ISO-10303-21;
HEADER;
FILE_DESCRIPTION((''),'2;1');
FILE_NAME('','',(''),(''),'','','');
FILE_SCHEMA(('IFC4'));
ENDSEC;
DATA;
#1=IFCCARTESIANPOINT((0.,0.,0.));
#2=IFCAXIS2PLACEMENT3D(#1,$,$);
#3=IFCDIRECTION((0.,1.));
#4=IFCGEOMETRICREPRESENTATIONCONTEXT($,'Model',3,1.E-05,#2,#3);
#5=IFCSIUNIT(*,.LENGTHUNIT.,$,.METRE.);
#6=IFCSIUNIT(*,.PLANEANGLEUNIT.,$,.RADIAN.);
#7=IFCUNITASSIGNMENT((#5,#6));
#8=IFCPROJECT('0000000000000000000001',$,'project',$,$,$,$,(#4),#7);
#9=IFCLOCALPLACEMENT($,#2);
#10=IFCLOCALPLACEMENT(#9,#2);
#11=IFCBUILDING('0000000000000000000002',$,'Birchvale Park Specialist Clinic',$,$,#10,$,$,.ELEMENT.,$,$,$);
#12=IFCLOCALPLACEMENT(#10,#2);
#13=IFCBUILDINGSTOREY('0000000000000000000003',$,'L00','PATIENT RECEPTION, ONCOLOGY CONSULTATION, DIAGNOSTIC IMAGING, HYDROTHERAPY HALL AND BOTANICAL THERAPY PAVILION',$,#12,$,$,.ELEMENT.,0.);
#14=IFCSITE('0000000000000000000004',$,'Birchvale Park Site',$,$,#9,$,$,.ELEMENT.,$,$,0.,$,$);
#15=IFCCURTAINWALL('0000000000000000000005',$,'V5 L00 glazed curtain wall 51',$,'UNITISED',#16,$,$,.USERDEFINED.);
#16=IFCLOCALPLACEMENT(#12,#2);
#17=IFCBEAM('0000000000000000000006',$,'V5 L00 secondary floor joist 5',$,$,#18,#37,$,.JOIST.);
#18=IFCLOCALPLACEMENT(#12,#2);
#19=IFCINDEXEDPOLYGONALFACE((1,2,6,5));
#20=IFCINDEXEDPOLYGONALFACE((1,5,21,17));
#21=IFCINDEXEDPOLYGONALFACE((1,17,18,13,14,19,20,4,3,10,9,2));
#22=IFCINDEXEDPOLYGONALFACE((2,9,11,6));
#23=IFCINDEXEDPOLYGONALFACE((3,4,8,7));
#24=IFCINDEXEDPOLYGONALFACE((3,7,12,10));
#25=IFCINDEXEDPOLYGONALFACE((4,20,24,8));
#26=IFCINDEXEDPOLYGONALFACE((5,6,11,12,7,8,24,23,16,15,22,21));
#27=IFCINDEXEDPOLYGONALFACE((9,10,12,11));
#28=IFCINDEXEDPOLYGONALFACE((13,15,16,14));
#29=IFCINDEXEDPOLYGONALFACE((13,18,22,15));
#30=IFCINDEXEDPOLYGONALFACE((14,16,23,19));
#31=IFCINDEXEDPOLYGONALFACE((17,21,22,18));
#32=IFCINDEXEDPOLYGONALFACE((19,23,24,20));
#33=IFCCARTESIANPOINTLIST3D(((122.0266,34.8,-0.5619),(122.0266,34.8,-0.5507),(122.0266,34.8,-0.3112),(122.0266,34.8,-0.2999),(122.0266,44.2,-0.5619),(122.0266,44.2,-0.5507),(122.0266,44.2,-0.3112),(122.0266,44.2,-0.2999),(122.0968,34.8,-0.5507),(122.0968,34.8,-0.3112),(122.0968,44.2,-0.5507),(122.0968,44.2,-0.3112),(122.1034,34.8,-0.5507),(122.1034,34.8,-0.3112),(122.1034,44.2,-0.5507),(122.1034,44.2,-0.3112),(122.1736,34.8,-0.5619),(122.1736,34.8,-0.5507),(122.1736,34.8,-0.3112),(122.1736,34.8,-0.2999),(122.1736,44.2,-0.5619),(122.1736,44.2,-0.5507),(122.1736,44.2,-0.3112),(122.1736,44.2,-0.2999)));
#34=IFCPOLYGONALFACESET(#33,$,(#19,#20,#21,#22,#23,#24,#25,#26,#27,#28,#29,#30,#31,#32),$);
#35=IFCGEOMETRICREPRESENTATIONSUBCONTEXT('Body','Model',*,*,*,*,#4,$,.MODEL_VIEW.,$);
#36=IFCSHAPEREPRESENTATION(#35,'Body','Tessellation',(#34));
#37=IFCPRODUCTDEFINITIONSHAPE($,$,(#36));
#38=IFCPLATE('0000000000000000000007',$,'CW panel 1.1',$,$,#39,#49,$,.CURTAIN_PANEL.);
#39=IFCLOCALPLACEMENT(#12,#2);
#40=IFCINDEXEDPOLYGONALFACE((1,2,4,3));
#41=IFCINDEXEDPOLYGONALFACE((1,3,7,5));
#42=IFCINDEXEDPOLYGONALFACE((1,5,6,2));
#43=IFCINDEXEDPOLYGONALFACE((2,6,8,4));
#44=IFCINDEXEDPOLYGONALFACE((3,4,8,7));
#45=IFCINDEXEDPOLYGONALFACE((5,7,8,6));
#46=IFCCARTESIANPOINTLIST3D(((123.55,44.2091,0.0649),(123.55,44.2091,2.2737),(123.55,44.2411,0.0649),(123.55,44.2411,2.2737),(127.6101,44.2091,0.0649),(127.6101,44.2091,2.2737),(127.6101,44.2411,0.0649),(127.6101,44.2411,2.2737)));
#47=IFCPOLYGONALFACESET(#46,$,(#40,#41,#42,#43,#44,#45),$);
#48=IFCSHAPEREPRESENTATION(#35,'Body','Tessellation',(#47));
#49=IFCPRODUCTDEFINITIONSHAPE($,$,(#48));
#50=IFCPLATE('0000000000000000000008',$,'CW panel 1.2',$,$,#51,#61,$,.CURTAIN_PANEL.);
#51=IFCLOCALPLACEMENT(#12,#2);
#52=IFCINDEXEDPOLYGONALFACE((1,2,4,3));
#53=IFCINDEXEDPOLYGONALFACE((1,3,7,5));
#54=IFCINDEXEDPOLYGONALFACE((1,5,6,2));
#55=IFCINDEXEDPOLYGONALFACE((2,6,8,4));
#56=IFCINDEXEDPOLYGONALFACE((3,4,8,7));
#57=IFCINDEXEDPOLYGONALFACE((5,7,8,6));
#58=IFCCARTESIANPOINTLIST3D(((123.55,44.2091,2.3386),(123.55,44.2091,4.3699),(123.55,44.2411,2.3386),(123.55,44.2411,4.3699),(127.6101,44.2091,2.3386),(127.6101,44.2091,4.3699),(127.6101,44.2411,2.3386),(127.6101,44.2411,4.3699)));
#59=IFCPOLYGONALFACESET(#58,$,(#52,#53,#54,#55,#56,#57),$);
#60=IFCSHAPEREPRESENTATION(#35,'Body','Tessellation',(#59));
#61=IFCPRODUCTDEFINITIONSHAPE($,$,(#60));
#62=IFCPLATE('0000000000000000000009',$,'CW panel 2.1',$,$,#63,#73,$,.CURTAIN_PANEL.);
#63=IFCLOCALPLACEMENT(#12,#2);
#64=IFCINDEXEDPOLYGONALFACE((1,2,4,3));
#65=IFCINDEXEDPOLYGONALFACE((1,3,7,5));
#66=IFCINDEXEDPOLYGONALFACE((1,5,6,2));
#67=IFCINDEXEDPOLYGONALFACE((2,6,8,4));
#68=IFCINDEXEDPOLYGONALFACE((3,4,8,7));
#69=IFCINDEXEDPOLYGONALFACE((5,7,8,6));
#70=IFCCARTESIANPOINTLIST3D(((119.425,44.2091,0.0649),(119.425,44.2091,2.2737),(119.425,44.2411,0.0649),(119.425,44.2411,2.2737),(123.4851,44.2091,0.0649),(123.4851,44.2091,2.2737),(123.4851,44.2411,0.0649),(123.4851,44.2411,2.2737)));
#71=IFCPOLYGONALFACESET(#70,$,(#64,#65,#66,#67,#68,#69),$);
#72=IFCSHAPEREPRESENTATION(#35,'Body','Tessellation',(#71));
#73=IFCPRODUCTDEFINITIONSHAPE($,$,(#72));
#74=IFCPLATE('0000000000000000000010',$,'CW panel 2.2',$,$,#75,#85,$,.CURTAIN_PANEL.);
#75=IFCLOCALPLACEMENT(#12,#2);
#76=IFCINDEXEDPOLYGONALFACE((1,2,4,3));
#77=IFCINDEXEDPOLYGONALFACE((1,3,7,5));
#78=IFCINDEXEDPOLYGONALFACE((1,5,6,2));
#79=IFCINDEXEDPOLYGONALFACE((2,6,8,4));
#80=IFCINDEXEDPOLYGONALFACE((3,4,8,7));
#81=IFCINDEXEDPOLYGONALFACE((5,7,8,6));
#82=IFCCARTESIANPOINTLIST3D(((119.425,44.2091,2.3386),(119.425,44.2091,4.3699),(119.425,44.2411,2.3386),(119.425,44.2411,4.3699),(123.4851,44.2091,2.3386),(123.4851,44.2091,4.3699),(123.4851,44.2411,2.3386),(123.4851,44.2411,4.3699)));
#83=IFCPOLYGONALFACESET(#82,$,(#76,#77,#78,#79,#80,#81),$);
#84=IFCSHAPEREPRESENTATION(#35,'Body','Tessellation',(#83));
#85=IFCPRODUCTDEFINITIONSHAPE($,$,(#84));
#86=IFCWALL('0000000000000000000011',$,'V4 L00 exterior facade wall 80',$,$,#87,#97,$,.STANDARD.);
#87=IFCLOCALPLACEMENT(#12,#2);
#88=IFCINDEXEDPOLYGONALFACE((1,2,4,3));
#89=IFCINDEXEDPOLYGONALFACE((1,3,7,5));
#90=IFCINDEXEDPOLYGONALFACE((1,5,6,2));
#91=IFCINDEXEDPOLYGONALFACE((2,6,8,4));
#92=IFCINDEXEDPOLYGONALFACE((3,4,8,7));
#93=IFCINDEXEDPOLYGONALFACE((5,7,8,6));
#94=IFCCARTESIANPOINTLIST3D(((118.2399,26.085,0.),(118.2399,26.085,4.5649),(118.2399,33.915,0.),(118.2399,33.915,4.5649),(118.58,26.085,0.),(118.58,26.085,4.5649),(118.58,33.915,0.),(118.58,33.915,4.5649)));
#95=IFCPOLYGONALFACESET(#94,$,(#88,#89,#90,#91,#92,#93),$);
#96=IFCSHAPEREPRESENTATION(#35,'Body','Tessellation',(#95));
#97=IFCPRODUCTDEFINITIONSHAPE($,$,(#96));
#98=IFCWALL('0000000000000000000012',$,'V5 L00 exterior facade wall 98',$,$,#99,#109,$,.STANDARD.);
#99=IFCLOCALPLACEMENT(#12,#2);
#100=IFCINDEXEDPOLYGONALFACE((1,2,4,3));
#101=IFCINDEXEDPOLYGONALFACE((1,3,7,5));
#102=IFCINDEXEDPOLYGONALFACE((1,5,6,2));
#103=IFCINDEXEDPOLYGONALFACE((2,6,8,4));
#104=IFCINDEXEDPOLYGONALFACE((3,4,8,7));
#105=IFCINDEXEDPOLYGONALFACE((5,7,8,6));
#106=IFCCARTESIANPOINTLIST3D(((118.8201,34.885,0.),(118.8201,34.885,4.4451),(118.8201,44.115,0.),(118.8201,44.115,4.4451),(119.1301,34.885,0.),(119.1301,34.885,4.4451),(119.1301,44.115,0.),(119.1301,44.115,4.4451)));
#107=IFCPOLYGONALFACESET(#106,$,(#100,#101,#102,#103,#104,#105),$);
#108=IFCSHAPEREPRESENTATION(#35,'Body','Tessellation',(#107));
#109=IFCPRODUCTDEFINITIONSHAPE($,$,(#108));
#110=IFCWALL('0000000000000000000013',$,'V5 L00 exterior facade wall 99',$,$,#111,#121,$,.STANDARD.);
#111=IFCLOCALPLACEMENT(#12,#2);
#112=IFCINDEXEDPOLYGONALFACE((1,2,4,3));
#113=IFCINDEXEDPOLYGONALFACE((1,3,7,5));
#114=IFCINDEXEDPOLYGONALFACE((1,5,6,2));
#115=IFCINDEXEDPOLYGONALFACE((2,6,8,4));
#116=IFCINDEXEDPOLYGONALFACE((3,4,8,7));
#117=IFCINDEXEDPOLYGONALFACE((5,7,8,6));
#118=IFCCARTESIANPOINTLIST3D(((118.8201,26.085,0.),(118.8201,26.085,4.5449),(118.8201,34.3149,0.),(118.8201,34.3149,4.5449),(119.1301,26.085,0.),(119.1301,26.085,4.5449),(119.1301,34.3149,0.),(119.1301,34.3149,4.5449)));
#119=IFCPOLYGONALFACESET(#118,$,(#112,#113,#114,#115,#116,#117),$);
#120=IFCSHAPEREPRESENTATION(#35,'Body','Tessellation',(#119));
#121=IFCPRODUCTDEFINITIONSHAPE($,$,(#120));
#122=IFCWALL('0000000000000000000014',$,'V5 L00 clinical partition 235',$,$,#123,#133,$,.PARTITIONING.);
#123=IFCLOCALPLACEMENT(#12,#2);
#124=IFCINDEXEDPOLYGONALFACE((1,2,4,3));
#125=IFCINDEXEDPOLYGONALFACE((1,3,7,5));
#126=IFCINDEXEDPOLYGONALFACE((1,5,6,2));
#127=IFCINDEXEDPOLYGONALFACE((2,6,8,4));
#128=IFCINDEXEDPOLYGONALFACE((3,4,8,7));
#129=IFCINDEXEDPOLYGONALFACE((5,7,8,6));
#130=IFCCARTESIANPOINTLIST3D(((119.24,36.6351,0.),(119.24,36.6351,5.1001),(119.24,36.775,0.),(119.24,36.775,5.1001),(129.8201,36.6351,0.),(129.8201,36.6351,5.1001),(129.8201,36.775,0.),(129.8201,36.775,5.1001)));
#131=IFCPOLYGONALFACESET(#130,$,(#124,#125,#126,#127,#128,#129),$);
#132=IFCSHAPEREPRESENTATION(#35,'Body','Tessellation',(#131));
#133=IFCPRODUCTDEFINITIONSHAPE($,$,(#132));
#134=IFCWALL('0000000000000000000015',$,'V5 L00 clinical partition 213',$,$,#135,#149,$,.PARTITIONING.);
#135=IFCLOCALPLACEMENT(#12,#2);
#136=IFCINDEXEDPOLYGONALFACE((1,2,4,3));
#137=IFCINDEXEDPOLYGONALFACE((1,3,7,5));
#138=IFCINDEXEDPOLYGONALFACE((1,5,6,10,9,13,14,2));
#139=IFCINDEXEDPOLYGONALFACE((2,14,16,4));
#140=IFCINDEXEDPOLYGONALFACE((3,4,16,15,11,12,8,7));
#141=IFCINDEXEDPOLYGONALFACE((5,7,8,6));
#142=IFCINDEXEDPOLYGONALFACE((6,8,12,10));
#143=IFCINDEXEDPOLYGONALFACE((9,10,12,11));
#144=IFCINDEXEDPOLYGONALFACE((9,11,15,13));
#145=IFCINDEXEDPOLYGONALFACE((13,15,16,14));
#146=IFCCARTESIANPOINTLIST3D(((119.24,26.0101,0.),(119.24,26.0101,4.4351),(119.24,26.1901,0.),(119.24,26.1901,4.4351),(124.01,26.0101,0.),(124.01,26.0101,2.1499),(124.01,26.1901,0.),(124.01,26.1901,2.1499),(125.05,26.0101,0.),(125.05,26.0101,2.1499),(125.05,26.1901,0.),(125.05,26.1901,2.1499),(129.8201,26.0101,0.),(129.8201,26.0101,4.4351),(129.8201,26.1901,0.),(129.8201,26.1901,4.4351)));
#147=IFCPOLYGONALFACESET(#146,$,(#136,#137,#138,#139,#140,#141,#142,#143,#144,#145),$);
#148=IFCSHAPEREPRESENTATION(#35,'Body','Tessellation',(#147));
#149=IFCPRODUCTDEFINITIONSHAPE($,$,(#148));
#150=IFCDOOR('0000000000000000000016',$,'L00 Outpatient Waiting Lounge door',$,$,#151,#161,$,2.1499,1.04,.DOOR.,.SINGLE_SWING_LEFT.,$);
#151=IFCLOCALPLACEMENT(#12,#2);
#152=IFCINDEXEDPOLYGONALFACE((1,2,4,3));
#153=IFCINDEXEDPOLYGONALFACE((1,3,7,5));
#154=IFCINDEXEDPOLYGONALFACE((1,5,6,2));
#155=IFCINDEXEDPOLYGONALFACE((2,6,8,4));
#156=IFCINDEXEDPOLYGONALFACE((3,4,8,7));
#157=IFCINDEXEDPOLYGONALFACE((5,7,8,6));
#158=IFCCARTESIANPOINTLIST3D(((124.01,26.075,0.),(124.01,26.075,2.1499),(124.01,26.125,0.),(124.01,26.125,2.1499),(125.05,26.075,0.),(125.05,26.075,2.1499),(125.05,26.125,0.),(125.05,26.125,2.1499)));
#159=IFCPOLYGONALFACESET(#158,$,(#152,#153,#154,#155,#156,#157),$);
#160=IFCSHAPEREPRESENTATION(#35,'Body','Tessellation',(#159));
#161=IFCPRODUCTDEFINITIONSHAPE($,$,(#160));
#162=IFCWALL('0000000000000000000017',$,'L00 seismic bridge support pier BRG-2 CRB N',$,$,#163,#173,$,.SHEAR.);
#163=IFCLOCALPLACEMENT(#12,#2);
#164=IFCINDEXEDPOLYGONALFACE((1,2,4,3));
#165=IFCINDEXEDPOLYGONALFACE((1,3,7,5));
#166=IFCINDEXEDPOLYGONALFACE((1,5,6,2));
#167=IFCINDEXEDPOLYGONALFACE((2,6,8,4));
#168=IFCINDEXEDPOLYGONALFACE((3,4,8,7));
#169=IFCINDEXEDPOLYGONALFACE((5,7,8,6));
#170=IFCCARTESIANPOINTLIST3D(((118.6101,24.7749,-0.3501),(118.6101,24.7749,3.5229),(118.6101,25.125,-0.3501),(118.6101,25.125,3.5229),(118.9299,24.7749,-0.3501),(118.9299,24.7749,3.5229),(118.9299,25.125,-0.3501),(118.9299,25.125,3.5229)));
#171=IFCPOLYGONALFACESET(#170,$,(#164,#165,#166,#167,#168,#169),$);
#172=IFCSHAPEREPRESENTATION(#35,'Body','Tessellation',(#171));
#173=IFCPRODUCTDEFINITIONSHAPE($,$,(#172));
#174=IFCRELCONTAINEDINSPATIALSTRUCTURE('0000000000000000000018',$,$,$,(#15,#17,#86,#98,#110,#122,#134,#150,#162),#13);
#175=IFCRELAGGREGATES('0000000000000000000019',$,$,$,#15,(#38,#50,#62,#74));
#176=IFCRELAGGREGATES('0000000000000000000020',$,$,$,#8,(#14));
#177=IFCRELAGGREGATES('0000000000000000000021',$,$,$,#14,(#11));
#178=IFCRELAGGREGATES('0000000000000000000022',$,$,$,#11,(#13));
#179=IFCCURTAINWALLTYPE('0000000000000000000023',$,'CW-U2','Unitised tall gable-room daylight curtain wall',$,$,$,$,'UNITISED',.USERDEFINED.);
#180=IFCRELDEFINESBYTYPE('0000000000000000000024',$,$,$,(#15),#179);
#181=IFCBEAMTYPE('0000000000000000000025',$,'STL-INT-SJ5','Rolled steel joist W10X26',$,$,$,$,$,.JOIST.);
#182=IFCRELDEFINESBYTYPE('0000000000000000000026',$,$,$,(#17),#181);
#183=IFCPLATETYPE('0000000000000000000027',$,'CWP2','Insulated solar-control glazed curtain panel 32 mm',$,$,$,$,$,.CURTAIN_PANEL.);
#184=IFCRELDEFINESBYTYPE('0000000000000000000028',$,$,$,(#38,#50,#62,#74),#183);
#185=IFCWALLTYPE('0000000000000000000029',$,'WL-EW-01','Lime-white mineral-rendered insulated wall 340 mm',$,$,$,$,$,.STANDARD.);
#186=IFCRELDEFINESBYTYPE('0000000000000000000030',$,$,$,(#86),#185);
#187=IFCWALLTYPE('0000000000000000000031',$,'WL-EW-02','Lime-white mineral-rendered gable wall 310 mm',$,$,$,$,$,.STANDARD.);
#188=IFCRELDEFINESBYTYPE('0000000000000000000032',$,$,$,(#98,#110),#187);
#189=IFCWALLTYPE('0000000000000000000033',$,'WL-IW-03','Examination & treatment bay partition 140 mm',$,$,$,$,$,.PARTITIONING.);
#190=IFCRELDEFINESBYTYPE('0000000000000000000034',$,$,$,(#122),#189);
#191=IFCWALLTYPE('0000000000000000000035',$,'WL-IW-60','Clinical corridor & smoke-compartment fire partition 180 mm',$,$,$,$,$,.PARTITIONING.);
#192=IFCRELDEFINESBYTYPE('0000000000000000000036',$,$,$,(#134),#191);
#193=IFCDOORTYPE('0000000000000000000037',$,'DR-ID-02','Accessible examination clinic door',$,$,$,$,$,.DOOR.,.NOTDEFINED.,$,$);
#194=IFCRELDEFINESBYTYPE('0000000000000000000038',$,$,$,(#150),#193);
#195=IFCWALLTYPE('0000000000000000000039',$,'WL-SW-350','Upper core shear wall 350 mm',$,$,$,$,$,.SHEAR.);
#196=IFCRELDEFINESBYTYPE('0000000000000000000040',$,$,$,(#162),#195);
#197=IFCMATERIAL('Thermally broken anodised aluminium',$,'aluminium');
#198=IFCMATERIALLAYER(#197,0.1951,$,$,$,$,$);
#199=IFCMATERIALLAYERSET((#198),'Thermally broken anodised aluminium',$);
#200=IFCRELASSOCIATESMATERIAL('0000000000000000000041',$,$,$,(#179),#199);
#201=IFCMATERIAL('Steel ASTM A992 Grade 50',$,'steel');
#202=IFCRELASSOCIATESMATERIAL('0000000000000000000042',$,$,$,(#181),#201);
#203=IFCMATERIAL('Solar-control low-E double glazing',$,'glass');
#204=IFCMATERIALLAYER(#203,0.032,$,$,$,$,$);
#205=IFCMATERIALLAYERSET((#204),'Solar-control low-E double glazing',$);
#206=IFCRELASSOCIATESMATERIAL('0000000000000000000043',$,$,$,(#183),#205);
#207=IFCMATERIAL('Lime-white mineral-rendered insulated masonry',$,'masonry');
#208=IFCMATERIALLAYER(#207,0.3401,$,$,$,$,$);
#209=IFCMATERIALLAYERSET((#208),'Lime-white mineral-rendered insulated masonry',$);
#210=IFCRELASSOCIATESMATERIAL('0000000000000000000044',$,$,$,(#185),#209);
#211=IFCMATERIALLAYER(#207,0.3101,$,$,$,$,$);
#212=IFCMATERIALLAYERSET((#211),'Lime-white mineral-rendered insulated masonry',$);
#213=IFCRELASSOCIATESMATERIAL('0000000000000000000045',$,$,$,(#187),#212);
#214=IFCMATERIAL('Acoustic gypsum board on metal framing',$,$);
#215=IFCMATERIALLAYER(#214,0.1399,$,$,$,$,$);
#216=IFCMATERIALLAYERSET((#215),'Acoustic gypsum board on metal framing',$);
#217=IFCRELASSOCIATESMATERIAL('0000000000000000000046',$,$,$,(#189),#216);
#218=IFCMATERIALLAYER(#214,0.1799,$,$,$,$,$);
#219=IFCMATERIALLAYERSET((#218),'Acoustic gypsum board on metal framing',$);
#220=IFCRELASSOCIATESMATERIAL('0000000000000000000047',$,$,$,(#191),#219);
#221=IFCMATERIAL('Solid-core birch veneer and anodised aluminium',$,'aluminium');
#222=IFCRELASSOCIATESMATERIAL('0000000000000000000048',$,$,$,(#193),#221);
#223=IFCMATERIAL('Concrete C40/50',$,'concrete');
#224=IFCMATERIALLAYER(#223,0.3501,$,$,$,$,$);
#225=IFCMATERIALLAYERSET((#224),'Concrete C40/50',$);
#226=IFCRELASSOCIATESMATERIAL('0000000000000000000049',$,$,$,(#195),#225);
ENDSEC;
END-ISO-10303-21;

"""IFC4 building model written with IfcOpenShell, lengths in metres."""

from ifc_helpers import new_model, si_unit, direction, frame, frame_2d, origin, origin_2d, place, context, subcontext, project, spatial, rectangle, i_section, extrude, material, layer, layer_set, material_profile, profile_set, type_object, element, fill, aggregate, save


model = new_model("IFC4")

# Units and contexts
model_context = context("Model", 3, precision=1e-05, world=origin(), true_north=direction((0.0, 1.0)))
body_context = subcontext(model_context, "Body", "Model", "MODEL_VIEW")
ifc_project = project(units=[si_unit("LENGTHUNIT", "METRE"), si_unit("PLANEANGLEUNIT", "RADIAN")], contexts=[model_context])

# Site, building, storey
site_placement = place(None, origin())
site = spatial("IfcSite", under=ifc_project, at=site_placement, Name="Birchvale Park Site", CompositionType="ELEMENT", RefElevation=0.0)
building_placement = place(site_placement, origin())
building = spatial("IfcBuilding", under=site, at=building_placement, Name="Birchvale Park Specialist Clinic", CompositionType="ELEMENT")
storey_placement = place(building_placement, origin())
storey = spatial("IfcBuildingStorey", under=building, at=storey_placement, Name="L00", Description="PATIENT RECEPTION, ONCOLOGY CONSULTATION, DIAGNOSTIC IMAGING, HYDROTHERAPY HALL AND BOTANICAL THERAPY PAVILION", CompositionType="ELEMENT", Elevation=0.0)

# Shared definitions
ifc_material_1 = material(Name="Concrete C40/50", Category="concrete")

# Curtain wall
ifc_material_2 = material(Name="Thermally broken anodised aluminium", Category="aluminium")
ifc_layer_1 = layer(ifc_material_2, 0.1951)
ifc_layer_set_1 = layer_set([ifc_layer_1], Name="Thermally broken anodised aluminium")
curtain_wall_type = type_object("IfcCurtainWallType", Name="CW-U2", Description="Unitised tall gable-room daylight curtain wall", ElementType="UNITISED", PredefinedType="USERDEFINED", material=ifc_layer_set_1)
curtain_wall_placement = place(storey_placement, origin())
curtain_wall = element("IfcCurtainWall", 1, at=curtain_wall_placement, inside=storey, type_object=curtain_wall_type, Name="V5 L00 glazed curtain wall 51", ObjectType="UNITISED", PredefinedType="USERDEFINED")

# Beam
ifc_material_3 = material(Name="Steel ASTM A992 Grade 50", Category="steel")
ifc_material_profile_1 = material_profile(ifc_material_3, i_section(OverallWidth=0.147, OverallDepth=0.262, WebThickness=0.0066, FlangeThickness=0.0112, at=origin_2d()), Name="W10X26")
ifc_profile_set_1 = profile_set([ifc_material_profile_1], Name="Steel ASTM A992 Grade 50")
beam_type_1 = type_object("IfcBeamType", Name="STL-INT-SJ5", Description="Rolled steel joist W10X26", PredefinedType="JOIST", material=ifc_profile_set_1)
beam_1_placement = place(storey_placement, frame((122.1001, 34.8, -0.4309), z_axis=(0.0, 1.0, 0.0), x_axis=(-1.0, 0.0, 0.0)))
element("IfcBeam", 2, at=beam_1_placement, inside=storey, type_object=beam_type_1, Name="V5 L00 secondary floor joist 5", PredefinedType="JOIST", context=body_context, shape_type="SweptSolid", body=[
    extrude(i_section(OverallWidth=0.147, OverallDepth=0.262, WebThickness=0.0066, FlangeThickness=0.0112, at=origin_2d()), origin(), (0.0, 0.0, 1.0), 9.3999),
])

# Plates
ifc_material_4 = material(Name="Solar-control low-E double glazing", Category="glass")
ifc_layer_2 = layer(ifc_material_4, 0.032)
ifc_layer_set_2 = layer_set([ifc_layer_2], Name="Solar-control low-E double glazing")
plate_type = type_object("IfcPlateType", Name="CWP2", Description="Insulated solar-control glazed curtain panel 32 mm", PredefinedType="CURTAIN_PANEL", material=ifc_layer_set_2)
plate_1_placement = place(storey_placement, frame((125.5801, 44.2251, 0.0649), z_axis=(0.0, 0.0, 1.0), x_axis=(-1.0, 0.0, 0.0)))
plate_1 = element("IfcPlate", 3, at=plate_1_placement, type_object=plate_type, Name="CW panel 1.1", PredefinedType="CURTAIN_PANEL", context=body_context, shape_type="SweptSolid", body=[
    extrude(rectangle(XDim=4.0601, YDim=0.032, at=origin_2d()), origin(), (0.0, 0.0, 1.0), 2.2087),
])
plate_2_placement = place(storey_placement, frame((125.5801, 44.2251, 2.3386), z_axis=(0.0, 0.0, 1.0), x_axis=(-1.0, 0.0, 0.0)))
plate_2 = element("IfcPlate", 4, at=plate_2_placement, type_object=plate_type, Name="CW panel 1.2", PredefinedType="CURTAIN_PANEL", context=body_context, shape_type="SweptSolid", body=[
    extrude(rectangle(XDim=4.0601, YDim=0.032, at=origin_2d()), origin(), (0.0, 0.0, 1.0), 2.0312),
])
plate_3_placement = place(storey_placement, frame((121.4551, 44.2251, 0.0649), z_axis=(0.0, 0.0, 1.0), x_axis=(-1.0, 0.0, 0.0)))
plate_3 = element("IfcPlate", 5, at=plate_3_placement, type_object=plate_type, Name="CW panel 2.1", PredefinedType="CURTAIN_PANEL", context=body_context, shape_type="SweptSolid", body=[
    extrude(rectangle(XDim=4.0601, YDim=0.032, at=origin_2d()), origin(), (0.0, 0.0, 1.0), 2.2087),
])
plate_4_placement = place(storey_placement, frame((121.4551, 44.2251, 2.3386), z_axis=(0.0, 0.0, 1.0), x_axis=(-1.0, 0.0, 0.0)))
plate_4 = element("IfcPlate", 6, at=plate_4_placement, type_object=plate_type, Name="CW panel 2.2", PredefinedType="CURTAIN_PANEL", context=body_context, shape_type="SweptSolid", body=[
    extrude(rectangle(XDim=4.0601, YDim=0.032, at=origin_2d()), origin(), (0.0, 0.0, 1.0), 2.0312),
])
aggregate(curtain_wall, [plate_1, plate_2, plate_3, plate_4])

# Walls
ifc_material_5 = material(Name="Lime-white mineral-rendered insulated masonry", Category="masonry")
ifc_layer_3 = layer(ifc_material_5, 0.3401)
ifc_layer_set_3 = layer_set([ifc_layer_3], Name="Lime-white mineral-rendered insulated masonry")
wall_type_1 = type_object("IfcWallType", Name="WL-EW-01", Description="Lime-white mineral-rendered insulated wall 340 mm", PredefinedType="STANDARD", material=ifc_layer_set_3)
wall_1_placement = place(storey_placement, frame((118.4099, 26.085, 0.0), z_axis=(0.0, 0.0, 1.0), x_axis=(0.0, 1.0, 0.0)))
element("IfcWall", 7, at=wall_1_placement, inside=storey, type_object=wall_type_1, Name="V4 L00 exterior facade wall 80", PredefinedType="STANDARD", context=body_context, shape_type="SweptSolid", body=[
    extrude(rectangle(XDim=7.8301, YDim=0.3401, at=frame_2d((3.915, 0.0))), origin(), (0.0, 0.0, 1.0), 4.5649),
])
ifc_layer_4 = layer(ifc_material_5, 0.3101)
ifc_layer_set_4 = layer_set([ifc_layer_4], Name="Lime-white mineral-rendered insulated masonry")
wall_type_2 = type_object("IfcWallType", Name="WL-EW-02", Description="Lime-white mineral-rendered gable wall 310 mm", PredefinedType="STANDARD", material=ifc_layer_set_4)
wall_2_placement = place(storey_placement, frame((118.9751, 44.115, 0.0), z_axis=(0.0, 0.0, 1.0), x_axis=(0.0, -1.0, 0.0)))
element("IfcWall", 8, at=wall_2_placement, inside=storey, type_object=wall_type_2, Name="V5 L00 exterior facade wall 98", PredefinedType="STANDARD", context=body_context, shape_type="SweptSolid", body=[
    extrude(rectangle(XDim=9.23, YDim=0.3101, at=frame_2d((4.615, 0.0))), origin(), (0.0, 0.0, 1.0), 4.4451),
])
wall_3_placement = place(storey_placement, frame((118.9751, 34.3149, 0.0), z_axis=(0.0, 0.0, 1.0), x_axis=(0.0, -1.0, 0.0)))
element("IfcWall", 9, at=wall_3_placement, inside=storey, type_object=wall_type_2, Name="V5 L00 exterior facade wall 99", PredefinedType="STANDARD", context=body_context, shape_type="SweptSolid", body=[
    extrude(rectangle(XDim=8.23, YDim=0.3101, at=frame_2d((4.115, 0.0))), origin(), (0.0, 0.0, 1.0), 4.5449),
])
ifc_material_6 = material(Name="Acoustic gypsum board on metal framing")
ifc_layer_5 = layer(ifc_material_6, 0.1399)
ifc_layer_set_5 = layer_set([ifc_layer_5], Name="Acoustic gypsum board on metal framing")
wall_type_3 = type_object("IfcWallType", Name="WL-IW-03", Description="Examination & treatment bay partition 140 mm", PredefinedType="PARTITIONING", material=ifc_layer_set_5)
wall_4_placement = place(storey_placement, frame((119.24, 36.7051, 0.0), z_axis=(0.0, 0.0, 1.0), x_axis=(1.0, 0.0, 0.0)))
element("IfcWall", 10, at=wall_4_placement, inside=storey, type_object=wall_type_3, Name="V5 L00 clinical partition 235", PredefinedType="PARTITIONING", context=body_context, shape_type="SweptSolid", body=[
    extrude(rectangle(XDim=10.5801, YDim=0.1399, at=frame_2d((5.29, 0.0))), origin(), (0.0, 0.0, 1.0), 5.1001),
])

# Wall, opening, door
ifc_layer_6 = layer(ifc_material_6, 0.1799)
ifc_layer_set_6 = layer_set([ifc_layer_6], Name="Acoustic gypsum board on metal framing")
wall_type_4 = type_object("IfcWallType", Name="WL-IW-60", Description="Clinical corridor & smoke-compartment fire partition 180 mm", PredefinedType="PARTITIONING", material=ifc_layer_set_6)
wall_5_placement = place(storey_placement, frame((119.24, 26.1001, 0.0), z_axis=(0.0, 0.0, 1.0), x_axis=(1.0, 0.0, 0.0)))
wall_5 = element("IfcWall", 11, at=wall_5_placement, inside=storey, type_object=wall_type_4, Name="V5 L00 clinical partition 213", PredefinedType="PARTITIONING", context=body_context, shape_type="SweptSolid", body=[
    extrude(rectangle(XDim=10.5801, YDim=0.1799, at=frame_2d((5.29, 0.0))), origin(), (0.0, 0.0, 1.0), 4.4351),
])
opening_placement = place(wall_5_placement, frame((4.77, 0.0, 0.0)))
opening = element("IfcOpeningElement", 12, at=opening_placement, cuts=wall_5, PredefinedType="OPENING", context=body_context, shape_type="SweptSolid", body=[
    extrude(rectangle(XDim=1.04, YDim=2.1499, at=frame_2d((0.52, 1.075))), frame((0.0, 0.1001, 0.0), z_axis=(0.0, -1.0, 0.0), x_axis=(1.0, 0.0, 0.0)), (0.0, 0.0, 1.0), 0.2),
])
ifc_material_7 = material(Name="Solid-core birch veneer and anodised aluminium", Category="aluminium")
door_type = type_object("IfcDoorType", Name="DR-ID-02", Description="Accessible examination clinic door", OperationType="NOTDEFINED", PredefinedType="DOOR", material=ifc_material_7)
door_placement = place(opening_placement, origin())
door = element("IfcDoor", 13, at=door_placement, inside=storey, type_object=door_type, Name="L00 Outpatient Waiting Lounge door", OperationType="SINGLE_SWING_LEFT", OverallHeight=2.1499, OverallWidth=1.04, PredefinedType="DOOR", context=body_context, shape_type="SweptSolid", body=[
    extrude(rectangle(XDim=1.04, YDim=2.1499, at=frame_2d((0.52, 1.075))), frame((0.0, 0.0249, 0.0), z_axis=(0.0, -1.0, 0.0), x_axis=(1.0, 0.0, 0.0)), (0.0, 0.0, 1.0), 0.05),
])
fill(opening, door)

# Wall
ifc_layer_7 = layer(ifc_material_1, 0.3501)
ifc_layer_set_7 = layer_set([ifc_layer_7], Name="Concrete C40/50")
wall_type_5 = type_object("IfcWallType", Name="WL-SW-350", Description="Upper core shear wall 350 mm", PredefinedType="SHEAR", material=ifc_layer_set_7)
wall_6_placement = place(storey_placement, frame((118.6101, 24.95, -0.3501), z_axis=(0.0, 0.0, 1.0), x_axis=(1.0, 0.0, 0.0)))
element("IfcWall", 14, at=wall_6_placement, inside=storey, type_object=wall_type_5, Name="L00 seismic bridge support pier BRG-2 CRB N", PredefinedType="SHEAR", context=body_context, shape_type="SweptSolid", body=[
    extrude(rectangle(XDim=0.3198, YDim=0.3501, at=frame_2d((0.1599, 0.0))), origin(), (0.0, 0.0, 1.0), 3.873),
])

save(model, "model.ifc")
